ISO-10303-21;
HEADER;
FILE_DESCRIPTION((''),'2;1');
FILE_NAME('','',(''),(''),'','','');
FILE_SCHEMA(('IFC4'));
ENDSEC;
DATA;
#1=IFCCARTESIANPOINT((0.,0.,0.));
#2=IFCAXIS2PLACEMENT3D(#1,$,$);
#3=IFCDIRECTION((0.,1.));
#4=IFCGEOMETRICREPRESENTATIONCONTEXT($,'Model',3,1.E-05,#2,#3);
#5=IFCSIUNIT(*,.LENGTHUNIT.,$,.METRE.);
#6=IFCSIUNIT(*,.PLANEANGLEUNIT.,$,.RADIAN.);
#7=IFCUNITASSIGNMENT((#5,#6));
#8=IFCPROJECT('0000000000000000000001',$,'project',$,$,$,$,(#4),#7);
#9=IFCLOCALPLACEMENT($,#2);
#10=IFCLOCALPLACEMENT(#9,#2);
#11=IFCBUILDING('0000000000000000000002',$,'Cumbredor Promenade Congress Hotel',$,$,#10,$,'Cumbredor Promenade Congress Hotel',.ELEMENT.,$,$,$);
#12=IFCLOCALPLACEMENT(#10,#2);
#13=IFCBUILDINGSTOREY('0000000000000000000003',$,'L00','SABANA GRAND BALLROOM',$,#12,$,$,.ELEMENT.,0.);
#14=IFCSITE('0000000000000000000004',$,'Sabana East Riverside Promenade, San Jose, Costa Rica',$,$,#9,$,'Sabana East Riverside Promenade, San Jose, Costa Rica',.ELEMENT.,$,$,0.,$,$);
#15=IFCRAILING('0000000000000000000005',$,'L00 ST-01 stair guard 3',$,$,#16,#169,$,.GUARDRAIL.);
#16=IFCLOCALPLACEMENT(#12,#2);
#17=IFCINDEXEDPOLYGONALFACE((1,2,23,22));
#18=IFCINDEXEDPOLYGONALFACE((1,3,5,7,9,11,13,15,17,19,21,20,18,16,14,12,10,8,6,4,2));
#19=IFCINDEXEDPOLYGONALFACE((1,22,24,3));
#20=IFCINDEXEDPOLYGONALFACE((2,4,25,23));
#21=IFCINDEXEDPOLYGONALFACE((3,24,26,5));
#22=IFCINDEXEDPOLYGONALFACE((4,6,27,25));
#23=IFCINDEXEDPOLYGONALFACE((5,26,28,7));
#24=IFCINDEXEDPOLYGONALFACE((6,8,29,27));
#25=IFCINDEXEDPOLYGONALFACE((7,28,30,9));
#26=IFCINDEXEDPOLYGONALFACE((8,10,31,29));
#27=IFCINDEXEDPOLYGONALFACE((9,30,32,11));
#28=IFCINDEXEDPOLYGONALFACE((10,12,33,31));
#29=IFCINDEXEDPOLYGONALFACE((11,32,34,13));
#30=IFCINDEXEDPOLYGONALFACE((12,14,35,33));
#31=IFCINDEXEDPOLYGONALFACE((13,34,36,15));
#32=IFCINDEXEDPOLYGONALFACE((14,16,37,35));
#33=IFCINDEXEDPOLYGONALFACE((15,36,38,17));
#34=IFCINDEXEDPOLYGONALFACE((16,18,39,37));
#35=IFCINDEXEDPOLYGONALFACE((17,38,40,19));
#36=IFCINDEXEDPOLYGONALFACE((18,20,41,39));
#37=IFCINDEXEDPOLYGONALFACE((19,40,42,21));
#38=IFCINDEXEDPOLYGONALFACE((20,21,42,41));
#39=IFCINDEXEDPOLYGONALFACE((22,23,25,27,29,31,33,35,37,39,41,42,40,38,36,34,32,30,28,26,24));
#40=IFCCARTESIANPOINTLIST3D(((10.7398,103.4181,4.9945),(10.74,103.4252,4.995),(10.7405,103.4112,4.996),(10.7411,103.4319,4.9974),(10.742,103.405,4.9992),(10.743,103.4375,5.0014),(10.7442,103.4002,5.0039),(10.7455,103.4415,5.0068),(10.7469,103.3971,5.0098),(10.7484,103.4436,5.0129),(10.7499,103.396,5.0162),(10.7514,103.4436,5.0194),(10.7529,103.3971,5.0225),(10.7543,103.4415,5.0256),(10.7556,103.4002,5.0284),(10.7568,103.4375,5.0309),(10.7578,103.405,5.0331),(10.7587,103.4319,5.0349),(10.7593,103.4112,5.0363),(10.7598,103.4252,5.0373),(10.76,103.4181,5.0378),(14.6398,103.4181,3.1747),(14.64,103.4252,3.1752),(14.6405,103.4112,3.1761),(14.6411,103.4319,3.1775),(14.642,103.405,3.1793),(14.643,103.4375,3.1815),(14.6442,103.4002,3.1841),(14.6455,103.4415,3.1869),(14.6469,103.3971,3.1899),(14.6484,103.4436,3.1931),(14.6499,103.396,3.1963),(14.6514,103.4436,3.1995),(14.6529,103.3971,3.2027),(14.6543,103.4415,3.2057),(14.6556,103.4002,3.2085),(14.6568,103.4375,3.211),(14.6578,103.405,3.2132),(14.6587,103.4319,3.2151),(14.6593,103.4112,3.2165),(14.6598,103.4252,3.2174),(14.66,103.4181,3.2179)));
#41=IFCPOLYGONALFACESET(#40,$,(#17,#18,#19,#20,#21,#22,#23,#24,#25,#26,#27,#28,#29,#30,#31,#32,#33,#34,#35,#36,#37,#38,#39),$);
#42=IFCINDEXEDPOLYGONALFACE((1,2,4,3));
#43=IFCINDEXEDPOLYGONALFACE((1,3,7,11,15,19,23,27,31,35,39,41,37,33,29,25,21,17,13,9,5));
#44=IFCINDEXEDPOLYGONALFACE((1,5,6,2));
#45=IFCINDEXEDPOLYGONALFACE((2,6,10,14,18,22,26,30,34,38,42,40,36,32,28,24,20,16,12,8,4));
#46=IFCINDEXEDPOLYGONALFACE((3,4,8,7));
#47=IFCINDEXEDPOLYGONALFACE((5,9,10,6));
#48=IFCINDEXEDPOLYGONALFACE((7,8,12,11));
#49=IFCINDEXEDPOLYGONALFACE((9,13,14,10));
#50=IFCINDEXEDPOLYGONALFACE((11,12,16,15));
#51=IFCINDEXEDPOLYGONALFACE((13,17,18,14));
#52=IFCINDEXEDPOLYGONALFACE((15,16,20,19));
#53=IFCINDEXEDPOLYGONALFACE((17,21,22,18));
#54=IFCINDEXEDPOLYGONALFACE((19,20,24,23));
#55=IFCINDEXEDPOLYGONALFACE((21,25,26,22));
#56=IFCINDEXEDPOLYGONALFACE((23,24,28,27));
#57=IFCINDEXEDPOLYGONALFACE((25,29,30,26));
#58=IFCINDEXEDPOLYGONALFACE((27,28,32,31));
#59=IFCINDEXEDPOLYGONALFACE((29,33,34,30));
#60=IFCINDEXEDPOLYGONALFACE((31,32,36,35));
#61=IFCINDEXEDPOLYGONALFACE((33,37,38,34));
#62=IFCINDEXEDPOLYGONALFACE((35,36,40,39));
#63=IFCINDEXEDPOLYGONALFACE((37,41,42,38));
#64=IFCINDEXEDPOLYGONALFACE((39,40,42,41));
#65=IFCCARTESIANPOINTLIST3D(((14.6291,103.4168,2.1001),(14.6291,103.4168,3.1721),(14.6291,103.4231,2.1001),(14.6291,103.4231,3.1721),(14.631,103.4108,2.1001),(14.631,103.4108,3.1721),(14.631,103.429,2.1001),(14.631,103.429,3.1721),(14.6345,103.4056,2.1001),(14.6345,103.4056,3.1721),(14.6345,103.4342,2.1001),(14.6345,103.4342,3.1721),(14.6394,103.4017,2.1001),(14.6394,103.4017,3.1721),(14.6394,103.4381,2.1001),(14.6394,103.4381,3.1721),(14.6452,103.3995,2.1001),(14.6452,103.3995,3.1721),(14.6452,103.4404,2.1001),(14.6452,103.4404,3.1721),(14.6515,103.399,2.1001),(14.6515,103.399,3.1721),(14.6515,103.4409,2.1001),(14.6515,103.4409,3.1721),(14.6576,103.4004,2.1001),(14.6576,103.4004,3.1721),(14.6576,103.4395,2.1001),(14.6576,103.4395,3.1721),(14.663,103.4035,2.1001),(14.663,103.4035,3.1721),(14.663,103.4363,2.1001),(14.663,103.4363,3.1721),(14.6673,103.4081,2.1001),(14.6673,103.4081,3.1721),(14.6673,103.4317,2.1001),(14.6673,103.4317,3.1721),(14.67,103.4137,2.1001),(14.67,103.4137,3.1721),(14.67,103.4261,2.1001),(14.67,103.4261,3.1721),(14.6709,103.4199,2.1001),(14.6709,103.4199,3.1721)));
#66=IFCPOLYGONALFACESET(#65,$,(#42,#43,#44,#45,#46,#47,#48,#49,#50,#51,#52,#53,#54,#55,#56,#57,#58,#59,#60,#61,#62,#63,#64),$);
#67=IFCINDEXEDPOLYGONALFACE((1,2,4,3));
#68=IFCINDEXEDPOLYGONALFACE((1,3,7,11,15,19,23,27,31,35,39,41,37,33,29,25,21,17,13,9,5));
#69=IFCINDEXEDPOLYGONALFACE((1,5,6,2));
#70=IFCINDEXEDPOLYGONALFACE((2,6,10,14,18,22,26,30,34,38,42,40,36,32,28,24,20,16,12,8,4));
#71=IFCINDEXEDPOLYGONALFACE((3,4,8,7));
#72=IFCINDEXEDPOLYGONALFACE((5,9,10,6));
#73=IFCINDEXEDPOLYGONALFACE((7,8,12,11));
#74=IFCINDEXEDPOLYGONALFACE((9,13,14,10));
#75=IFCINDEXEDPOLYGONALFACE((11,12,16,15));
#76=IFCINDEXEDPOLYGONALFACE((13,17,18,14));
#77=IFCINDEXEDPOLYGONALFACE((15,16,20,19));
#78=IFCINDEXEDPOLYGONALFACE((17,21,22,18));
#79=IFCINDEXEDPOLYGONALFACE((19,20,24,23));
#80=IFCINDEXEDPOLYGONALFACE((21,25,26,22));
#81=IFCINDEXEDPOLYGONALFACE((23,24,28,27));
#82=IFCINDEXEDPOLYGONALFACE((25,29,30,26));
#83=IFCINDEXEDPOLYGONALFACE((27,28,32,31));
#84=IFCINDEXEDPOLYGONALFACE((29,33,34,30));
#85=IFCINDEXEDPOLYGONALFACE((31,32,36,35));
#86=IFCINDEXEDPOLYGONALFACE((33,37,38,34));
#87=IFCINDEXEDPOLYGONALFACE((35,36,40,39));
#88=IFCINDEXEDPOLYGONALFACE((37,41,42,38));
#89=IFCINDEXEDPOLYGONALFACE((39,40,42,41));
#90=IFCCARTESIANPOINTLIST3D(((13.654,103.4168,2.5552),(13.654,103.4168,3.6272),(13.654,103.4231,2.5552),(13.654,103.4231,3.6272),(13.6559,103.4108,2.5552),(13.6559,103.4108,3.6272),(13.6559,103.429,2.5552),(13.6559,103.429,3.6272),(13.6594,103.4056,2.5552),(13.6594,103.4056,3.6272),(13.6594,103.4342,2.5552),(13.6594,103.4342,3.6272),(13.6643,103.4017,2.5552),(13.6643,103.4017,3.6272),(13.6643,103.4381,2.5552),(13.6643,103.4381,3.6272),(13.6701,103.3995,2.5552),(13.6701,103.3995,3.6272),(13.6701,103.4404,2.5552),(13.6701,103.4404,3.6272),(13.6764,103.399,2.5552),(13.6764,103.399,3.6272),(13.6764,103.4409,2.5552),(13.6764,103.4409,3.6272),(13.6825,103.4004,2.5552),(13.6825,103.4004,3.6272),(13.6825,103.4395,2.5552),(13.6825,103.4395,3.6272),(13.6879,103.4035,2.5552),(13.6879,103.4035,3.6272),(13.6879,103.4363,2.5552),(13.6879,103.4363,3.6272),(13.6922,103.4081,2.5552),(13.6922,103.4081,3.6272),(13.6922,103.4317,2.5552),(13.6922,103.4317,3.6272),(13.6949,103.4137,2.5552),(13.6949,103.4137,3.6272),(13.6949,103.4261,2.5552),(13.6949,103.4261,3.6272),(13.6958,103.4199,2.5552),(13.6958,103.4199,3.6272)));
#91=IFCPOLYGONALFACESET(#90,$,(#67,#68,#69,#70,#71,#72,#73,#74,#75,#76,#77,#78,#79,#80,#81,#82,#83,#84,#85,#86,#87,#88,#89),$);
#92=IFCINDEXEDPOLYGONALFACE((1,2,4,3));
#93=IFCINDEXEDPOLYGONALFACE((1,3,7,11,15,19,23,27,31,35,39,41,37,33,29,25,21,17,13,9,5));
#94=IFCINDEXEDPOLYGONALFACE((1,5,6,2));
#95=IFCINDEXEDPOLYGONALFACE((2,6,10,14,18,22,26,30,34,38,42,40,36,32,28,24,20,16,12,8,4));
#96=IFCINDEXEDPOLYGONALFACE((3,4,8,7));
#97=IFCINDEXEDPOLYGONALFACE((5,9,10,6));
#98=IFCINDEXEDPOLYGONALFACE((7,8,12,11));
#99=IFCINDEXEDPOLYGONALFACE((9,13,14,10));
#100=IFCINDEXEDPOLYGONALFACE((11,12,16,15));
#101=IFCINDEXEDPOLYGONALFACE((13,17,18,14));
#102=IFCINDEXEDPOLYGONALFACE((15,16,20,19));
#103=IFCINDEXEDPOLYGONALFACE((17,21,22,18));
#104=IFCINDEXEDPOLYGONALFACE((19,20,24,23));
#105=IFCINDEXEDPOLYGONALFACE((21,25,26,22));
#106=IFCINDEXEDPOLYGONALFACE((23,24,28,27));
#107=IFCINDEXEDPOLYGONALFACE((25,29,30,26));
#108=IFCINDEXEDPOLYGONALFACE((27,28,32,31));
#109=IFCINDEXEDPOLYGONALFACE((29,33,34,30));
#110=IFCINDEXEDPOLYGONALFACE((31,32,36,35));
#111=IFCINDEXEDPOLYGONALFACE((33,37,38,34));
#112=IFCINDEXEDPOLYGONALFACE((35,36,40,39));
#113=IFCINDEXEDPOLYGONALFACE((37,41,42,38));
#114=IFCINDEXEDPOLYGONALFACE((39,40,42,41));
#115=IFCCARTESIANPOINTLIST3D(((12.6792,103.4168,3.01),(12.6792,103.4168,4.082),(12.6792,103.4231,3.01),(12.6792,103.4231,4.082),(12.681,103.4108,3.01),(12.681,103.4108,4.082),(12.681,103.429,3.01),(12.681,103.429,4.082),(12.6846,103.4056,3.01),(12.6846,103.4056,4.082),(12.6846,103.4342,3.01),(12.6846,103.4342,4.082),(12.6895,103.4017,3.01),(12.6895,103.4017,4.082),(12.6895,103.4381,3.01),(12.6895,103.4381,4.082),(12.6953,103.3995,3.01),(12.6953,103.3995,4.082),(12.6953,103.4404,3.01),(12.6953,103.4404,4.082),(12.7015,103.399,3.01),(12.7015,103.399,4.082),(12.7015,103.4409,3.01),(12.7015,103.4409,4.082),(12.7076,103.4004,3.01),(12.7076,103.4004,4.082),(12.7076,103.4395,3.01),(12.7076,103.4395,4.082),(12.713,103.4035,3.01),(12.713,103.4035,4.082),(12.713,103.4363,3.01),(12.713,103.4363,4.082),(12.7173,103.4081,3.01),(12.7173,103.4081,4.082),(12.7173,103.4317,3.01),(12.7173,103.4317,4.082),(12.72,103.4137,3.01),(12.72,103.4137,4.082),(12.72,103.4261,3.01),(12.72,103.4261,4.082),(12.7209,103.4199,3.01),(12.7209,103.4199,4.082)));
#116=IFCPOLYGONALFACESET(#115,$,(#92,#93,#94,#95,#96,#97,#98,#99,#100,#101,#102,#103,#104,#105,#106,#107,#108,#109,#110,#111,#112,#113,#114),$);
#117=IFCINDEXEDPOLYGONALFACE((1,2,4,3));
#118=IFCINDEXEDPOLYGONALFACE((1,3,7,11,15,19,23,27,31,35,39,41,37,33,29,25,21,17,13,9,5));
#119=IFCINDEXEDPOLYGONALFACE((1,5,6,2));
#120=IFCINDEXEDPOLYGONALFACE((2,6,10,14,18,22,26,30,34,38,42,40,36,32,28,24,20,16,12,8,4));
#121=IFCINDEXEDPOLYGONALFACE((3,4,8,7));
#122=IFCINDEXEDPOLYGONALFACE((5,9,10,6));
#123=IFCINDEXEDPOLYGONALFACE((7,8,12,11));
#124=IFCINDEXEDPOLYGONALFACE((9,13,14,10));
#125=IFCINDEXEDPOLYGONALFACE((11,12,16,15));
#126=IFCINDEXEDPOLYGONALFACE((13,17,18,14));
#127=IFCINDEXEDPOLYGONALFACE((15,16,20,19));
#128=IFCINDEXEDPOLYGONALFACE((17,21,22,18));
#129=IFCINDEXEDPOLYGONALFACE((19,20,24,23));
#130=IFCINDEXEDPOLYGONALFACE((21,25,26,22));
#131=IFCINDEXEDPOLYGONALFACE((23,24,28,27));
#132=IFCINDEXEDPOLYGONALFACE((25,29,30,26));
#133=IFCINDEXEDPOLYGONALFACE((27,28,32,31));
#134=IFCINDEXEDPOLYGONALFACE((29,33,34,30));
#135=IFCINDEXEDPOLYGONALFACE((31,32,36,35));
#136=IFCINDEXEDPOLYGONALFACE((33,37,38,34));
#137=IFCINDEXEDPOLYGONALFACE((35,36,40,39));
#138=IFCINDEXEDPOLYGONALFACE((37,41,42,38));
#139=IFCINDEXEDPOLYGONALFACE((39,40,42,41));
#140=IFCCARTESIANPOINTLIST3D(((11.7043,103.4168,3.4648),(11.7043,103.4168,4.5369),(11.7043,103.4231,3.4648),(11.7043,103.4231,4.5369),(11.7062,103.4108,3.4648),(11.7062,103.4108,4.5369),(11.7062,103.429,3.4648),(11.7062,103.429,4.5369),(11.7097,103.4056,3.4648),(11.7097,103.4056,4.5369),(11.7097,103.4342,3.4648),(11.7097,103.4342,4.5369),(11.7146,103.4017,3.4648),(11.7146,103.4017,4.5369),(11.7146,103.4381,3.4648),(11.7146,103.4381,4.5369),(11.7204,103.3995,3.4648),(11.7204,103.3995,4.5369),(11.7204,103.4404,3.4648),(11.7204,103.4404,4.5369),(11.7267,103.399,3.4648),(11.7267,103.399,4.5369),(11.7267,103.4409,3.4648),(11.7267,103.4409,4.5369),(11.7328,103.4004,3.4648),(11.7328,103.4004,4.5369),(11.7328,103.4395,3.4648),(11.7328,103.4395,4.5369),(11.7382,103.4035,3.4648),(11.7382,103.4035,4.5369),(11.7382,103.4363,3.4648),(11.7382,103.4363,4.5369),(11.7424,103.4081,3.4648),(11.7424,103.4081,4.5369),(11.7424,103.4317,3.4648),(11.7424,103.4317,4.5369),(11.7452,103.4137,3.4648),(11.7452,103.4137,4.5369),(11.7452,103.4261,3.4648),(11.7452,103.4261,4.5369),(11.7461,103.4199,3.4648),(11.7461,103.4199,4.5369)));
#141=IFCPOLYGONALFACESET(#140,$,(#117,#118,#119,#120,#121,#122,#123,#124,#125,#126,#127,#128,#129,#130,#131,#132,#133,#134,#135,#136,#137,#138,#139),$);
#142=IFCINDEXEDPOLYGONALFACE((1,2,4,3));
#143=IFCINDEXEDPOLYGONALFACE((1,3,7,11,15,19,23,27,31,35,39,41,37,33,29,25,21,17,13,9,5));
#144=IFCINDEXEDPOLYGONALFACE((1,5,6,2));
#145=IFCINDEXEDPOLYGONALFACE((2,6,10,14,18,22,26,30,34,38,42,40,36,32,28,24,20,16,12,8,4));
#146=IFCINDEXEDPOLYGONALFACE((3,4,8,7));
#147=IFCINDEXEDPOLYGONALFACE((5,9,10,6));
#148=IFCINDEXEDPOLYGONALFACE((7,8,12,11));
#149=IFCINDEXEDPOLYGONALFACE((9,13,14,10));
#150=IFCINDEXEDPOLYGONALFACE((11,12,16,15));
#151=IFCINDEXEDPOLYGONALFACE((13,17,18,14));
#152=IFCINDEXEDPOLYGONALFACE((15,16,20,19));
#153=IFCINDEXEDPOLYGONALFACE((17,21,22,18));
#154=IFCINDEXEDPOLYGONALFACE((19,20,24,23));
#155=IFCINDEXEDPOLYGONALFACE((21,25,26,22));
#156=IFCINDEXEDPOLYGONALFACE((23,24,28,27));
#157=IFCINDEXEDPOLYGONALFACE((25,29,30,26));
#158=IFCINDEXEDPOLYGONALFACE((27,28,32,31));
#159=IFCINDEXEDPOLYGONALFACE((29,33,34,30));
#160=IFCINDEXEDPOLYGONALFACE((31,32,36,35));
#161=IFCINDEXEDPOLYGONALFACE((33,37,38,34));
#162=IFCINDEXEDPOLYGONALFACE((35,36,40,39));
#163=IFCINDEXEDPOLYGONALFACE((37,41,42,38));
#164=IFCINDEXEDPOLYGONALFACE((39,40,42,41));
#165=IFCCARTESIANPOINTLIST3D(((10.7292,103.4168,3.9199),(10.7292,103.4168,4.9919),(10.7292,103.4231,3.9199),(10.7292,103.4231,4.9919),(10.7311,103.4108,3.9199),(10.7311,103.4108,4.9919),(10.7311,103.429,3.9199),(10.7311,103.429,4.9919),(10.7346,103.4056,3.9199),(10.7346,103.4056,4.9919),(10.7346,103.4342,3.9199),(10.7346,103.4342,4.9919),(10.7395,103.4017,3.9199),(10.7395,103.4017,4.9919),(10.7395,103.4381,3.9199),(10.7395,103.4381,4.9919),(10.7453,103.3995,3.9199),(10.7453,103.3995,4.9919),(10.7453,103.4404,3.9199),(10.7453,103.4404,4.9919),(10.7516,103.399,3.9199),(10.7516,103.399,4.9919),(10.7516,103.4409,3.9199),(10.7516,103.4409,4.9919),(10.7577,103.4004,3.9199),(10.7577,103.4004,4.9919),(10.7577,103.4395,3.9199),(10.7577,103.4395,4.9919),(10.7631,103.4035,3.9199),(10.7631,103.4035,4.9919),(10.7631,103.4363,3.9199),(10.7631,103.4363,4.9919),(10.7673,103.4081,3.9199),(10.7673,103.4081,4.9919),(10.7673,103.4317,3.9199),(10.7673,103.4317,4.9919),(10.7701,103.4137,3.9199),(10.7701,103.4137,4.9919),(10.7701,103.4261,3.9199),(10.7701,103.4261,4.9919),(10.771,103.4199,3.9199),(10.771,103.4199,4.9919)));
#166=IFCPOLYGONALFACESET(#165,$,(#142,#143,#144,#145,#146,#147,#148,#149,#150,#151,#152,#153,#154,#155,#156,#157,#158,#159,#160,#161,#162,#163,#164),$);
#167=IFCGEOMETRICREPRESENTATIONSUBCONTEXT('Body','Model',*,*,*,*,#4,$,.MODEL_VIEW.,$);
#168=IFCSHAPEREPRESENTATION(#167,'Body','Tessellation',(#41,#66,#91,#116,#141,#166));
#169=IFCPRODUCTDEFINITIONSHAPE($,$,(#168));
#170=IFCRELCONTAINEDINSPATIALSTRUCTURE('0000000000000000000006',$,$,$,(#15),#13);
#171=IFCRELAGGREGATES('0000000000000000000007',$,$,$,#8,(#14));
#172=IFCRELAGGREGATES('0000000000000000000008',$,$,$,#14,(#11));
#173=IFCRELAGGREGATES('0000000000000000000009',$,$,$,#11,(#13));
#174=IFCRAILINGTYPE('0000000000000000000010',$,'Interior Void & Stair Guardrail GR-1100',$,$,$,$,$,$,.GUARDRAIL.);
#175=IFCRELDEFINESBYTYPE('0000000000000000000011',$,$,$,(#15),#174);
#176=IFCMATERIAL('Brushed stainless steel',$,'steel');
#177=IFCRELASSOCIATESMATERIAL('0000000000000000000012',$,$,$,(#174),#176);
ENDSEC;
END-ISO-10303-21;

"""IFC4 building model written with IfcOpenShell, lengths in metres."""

from ifc_helpers import new_model, si_unit, direction, frame, origin, origin_2d, place, context, subcontext, project, spatial, circle, extrude, material, type_object, element, save


model = new_model("IFC4")

# Units and contexts
model_context = context("Model", 3, precision=1e-05, world=origin(), true_north=direction((0.0, 1.0)))
body_context = subcontext(model_context, "Body", "Model", "MODEL_VIEW")
ifc_project = project(units=[si_unit("LENGTHUNIT", "METRE"), si_unit("PLANEANGLEUNIT", "RADIAN")], contexts=[model_context])

# Site, building, storey
site_placement = place(None, origin())
site = spatial("IfcSite", under=ifc_project, at=site_placement, Name="Sabana East Riverside Promenade, San Jose, Costa Rica", LongName="Sabana East Riverside Promenade, San Jose, Costa Rica", CompositionType="ELEMENT", RefElevation=0.0)
building_placement = place(site_placement, origin())
building = spatial("IfcBuilding", under=site, at=building_placement, Name="Cumbredor Promenade Congress Hotel", LongName="Cumbredor Promenade Congress Hotel", CompositionType="ELEMENT")
storey_placement = place(building_placement, origin())
storey = spatial("IfcBuildingStorey", under=building, at=storey_placement, Name="L00", Description="SABANA GRAND BALLROOM", CompositionType="ELEMENT", Elevation=0.0)

# Railing
ifc_material_1 = material(Name="Brushed stainless steel", Category="steel")
railing_type_1 = type_object("IfcRailingType", Name="Interior Void & Stair Guardrail GR-1100", PredefinedType="GUARDRAIL", material=ifc_material_1)
railing_1_placement = place(storey_placement, frame((14.6499, 103.4199, 2.1001)))
element("IfcRailing", 1, at=railing_1_placement, inside=storey, type_object=railing_type_1, Name="L00 ST-01 stair guard 3", PredefinedType="GUARDRAIL", context=body_context, shape_type="SweptSolid", body=[
    extrude(circle(Radius=0.0239, at=origin_2d()), frame((0.0, 0.0, 1.0962), z_axis=(-0.906195, 0.0, 0.422861), x_axis=(0.0, -1.0, 0.0)), (0.0, 0.0, 1.0), 4.3037),
    extrude(circle(Radius=0.021, at=origin_2d()), origin(), (0.0, 0.0, 1.0), 1.072),
    extrude(circle(Radius=0.021, at=origin_2d()), frame((-0.9751, 0.0, 0.4551)), (0.0, 0.0, 1.0), 1.072),
    extrude(circle(Radius=0.021, at=origin_2d()), frame((-1.95, 0.0, 0.9099)), (0.0, 0.0, 1.0), 1.072),
    extrude(circle(Radius=0.021, at=origin_2d()), frame((-2.9248, 0.0, 1.3647)), (0.0, 0.0, 1.0), 1.072),
    extrude(circle(Radius=0.021, at=origin_2d()), frame((-3.8999, 0.0, 1.8198)), (0.0, 0.0, 1.0), 1.072),
])

save(model, "model.ifc")
